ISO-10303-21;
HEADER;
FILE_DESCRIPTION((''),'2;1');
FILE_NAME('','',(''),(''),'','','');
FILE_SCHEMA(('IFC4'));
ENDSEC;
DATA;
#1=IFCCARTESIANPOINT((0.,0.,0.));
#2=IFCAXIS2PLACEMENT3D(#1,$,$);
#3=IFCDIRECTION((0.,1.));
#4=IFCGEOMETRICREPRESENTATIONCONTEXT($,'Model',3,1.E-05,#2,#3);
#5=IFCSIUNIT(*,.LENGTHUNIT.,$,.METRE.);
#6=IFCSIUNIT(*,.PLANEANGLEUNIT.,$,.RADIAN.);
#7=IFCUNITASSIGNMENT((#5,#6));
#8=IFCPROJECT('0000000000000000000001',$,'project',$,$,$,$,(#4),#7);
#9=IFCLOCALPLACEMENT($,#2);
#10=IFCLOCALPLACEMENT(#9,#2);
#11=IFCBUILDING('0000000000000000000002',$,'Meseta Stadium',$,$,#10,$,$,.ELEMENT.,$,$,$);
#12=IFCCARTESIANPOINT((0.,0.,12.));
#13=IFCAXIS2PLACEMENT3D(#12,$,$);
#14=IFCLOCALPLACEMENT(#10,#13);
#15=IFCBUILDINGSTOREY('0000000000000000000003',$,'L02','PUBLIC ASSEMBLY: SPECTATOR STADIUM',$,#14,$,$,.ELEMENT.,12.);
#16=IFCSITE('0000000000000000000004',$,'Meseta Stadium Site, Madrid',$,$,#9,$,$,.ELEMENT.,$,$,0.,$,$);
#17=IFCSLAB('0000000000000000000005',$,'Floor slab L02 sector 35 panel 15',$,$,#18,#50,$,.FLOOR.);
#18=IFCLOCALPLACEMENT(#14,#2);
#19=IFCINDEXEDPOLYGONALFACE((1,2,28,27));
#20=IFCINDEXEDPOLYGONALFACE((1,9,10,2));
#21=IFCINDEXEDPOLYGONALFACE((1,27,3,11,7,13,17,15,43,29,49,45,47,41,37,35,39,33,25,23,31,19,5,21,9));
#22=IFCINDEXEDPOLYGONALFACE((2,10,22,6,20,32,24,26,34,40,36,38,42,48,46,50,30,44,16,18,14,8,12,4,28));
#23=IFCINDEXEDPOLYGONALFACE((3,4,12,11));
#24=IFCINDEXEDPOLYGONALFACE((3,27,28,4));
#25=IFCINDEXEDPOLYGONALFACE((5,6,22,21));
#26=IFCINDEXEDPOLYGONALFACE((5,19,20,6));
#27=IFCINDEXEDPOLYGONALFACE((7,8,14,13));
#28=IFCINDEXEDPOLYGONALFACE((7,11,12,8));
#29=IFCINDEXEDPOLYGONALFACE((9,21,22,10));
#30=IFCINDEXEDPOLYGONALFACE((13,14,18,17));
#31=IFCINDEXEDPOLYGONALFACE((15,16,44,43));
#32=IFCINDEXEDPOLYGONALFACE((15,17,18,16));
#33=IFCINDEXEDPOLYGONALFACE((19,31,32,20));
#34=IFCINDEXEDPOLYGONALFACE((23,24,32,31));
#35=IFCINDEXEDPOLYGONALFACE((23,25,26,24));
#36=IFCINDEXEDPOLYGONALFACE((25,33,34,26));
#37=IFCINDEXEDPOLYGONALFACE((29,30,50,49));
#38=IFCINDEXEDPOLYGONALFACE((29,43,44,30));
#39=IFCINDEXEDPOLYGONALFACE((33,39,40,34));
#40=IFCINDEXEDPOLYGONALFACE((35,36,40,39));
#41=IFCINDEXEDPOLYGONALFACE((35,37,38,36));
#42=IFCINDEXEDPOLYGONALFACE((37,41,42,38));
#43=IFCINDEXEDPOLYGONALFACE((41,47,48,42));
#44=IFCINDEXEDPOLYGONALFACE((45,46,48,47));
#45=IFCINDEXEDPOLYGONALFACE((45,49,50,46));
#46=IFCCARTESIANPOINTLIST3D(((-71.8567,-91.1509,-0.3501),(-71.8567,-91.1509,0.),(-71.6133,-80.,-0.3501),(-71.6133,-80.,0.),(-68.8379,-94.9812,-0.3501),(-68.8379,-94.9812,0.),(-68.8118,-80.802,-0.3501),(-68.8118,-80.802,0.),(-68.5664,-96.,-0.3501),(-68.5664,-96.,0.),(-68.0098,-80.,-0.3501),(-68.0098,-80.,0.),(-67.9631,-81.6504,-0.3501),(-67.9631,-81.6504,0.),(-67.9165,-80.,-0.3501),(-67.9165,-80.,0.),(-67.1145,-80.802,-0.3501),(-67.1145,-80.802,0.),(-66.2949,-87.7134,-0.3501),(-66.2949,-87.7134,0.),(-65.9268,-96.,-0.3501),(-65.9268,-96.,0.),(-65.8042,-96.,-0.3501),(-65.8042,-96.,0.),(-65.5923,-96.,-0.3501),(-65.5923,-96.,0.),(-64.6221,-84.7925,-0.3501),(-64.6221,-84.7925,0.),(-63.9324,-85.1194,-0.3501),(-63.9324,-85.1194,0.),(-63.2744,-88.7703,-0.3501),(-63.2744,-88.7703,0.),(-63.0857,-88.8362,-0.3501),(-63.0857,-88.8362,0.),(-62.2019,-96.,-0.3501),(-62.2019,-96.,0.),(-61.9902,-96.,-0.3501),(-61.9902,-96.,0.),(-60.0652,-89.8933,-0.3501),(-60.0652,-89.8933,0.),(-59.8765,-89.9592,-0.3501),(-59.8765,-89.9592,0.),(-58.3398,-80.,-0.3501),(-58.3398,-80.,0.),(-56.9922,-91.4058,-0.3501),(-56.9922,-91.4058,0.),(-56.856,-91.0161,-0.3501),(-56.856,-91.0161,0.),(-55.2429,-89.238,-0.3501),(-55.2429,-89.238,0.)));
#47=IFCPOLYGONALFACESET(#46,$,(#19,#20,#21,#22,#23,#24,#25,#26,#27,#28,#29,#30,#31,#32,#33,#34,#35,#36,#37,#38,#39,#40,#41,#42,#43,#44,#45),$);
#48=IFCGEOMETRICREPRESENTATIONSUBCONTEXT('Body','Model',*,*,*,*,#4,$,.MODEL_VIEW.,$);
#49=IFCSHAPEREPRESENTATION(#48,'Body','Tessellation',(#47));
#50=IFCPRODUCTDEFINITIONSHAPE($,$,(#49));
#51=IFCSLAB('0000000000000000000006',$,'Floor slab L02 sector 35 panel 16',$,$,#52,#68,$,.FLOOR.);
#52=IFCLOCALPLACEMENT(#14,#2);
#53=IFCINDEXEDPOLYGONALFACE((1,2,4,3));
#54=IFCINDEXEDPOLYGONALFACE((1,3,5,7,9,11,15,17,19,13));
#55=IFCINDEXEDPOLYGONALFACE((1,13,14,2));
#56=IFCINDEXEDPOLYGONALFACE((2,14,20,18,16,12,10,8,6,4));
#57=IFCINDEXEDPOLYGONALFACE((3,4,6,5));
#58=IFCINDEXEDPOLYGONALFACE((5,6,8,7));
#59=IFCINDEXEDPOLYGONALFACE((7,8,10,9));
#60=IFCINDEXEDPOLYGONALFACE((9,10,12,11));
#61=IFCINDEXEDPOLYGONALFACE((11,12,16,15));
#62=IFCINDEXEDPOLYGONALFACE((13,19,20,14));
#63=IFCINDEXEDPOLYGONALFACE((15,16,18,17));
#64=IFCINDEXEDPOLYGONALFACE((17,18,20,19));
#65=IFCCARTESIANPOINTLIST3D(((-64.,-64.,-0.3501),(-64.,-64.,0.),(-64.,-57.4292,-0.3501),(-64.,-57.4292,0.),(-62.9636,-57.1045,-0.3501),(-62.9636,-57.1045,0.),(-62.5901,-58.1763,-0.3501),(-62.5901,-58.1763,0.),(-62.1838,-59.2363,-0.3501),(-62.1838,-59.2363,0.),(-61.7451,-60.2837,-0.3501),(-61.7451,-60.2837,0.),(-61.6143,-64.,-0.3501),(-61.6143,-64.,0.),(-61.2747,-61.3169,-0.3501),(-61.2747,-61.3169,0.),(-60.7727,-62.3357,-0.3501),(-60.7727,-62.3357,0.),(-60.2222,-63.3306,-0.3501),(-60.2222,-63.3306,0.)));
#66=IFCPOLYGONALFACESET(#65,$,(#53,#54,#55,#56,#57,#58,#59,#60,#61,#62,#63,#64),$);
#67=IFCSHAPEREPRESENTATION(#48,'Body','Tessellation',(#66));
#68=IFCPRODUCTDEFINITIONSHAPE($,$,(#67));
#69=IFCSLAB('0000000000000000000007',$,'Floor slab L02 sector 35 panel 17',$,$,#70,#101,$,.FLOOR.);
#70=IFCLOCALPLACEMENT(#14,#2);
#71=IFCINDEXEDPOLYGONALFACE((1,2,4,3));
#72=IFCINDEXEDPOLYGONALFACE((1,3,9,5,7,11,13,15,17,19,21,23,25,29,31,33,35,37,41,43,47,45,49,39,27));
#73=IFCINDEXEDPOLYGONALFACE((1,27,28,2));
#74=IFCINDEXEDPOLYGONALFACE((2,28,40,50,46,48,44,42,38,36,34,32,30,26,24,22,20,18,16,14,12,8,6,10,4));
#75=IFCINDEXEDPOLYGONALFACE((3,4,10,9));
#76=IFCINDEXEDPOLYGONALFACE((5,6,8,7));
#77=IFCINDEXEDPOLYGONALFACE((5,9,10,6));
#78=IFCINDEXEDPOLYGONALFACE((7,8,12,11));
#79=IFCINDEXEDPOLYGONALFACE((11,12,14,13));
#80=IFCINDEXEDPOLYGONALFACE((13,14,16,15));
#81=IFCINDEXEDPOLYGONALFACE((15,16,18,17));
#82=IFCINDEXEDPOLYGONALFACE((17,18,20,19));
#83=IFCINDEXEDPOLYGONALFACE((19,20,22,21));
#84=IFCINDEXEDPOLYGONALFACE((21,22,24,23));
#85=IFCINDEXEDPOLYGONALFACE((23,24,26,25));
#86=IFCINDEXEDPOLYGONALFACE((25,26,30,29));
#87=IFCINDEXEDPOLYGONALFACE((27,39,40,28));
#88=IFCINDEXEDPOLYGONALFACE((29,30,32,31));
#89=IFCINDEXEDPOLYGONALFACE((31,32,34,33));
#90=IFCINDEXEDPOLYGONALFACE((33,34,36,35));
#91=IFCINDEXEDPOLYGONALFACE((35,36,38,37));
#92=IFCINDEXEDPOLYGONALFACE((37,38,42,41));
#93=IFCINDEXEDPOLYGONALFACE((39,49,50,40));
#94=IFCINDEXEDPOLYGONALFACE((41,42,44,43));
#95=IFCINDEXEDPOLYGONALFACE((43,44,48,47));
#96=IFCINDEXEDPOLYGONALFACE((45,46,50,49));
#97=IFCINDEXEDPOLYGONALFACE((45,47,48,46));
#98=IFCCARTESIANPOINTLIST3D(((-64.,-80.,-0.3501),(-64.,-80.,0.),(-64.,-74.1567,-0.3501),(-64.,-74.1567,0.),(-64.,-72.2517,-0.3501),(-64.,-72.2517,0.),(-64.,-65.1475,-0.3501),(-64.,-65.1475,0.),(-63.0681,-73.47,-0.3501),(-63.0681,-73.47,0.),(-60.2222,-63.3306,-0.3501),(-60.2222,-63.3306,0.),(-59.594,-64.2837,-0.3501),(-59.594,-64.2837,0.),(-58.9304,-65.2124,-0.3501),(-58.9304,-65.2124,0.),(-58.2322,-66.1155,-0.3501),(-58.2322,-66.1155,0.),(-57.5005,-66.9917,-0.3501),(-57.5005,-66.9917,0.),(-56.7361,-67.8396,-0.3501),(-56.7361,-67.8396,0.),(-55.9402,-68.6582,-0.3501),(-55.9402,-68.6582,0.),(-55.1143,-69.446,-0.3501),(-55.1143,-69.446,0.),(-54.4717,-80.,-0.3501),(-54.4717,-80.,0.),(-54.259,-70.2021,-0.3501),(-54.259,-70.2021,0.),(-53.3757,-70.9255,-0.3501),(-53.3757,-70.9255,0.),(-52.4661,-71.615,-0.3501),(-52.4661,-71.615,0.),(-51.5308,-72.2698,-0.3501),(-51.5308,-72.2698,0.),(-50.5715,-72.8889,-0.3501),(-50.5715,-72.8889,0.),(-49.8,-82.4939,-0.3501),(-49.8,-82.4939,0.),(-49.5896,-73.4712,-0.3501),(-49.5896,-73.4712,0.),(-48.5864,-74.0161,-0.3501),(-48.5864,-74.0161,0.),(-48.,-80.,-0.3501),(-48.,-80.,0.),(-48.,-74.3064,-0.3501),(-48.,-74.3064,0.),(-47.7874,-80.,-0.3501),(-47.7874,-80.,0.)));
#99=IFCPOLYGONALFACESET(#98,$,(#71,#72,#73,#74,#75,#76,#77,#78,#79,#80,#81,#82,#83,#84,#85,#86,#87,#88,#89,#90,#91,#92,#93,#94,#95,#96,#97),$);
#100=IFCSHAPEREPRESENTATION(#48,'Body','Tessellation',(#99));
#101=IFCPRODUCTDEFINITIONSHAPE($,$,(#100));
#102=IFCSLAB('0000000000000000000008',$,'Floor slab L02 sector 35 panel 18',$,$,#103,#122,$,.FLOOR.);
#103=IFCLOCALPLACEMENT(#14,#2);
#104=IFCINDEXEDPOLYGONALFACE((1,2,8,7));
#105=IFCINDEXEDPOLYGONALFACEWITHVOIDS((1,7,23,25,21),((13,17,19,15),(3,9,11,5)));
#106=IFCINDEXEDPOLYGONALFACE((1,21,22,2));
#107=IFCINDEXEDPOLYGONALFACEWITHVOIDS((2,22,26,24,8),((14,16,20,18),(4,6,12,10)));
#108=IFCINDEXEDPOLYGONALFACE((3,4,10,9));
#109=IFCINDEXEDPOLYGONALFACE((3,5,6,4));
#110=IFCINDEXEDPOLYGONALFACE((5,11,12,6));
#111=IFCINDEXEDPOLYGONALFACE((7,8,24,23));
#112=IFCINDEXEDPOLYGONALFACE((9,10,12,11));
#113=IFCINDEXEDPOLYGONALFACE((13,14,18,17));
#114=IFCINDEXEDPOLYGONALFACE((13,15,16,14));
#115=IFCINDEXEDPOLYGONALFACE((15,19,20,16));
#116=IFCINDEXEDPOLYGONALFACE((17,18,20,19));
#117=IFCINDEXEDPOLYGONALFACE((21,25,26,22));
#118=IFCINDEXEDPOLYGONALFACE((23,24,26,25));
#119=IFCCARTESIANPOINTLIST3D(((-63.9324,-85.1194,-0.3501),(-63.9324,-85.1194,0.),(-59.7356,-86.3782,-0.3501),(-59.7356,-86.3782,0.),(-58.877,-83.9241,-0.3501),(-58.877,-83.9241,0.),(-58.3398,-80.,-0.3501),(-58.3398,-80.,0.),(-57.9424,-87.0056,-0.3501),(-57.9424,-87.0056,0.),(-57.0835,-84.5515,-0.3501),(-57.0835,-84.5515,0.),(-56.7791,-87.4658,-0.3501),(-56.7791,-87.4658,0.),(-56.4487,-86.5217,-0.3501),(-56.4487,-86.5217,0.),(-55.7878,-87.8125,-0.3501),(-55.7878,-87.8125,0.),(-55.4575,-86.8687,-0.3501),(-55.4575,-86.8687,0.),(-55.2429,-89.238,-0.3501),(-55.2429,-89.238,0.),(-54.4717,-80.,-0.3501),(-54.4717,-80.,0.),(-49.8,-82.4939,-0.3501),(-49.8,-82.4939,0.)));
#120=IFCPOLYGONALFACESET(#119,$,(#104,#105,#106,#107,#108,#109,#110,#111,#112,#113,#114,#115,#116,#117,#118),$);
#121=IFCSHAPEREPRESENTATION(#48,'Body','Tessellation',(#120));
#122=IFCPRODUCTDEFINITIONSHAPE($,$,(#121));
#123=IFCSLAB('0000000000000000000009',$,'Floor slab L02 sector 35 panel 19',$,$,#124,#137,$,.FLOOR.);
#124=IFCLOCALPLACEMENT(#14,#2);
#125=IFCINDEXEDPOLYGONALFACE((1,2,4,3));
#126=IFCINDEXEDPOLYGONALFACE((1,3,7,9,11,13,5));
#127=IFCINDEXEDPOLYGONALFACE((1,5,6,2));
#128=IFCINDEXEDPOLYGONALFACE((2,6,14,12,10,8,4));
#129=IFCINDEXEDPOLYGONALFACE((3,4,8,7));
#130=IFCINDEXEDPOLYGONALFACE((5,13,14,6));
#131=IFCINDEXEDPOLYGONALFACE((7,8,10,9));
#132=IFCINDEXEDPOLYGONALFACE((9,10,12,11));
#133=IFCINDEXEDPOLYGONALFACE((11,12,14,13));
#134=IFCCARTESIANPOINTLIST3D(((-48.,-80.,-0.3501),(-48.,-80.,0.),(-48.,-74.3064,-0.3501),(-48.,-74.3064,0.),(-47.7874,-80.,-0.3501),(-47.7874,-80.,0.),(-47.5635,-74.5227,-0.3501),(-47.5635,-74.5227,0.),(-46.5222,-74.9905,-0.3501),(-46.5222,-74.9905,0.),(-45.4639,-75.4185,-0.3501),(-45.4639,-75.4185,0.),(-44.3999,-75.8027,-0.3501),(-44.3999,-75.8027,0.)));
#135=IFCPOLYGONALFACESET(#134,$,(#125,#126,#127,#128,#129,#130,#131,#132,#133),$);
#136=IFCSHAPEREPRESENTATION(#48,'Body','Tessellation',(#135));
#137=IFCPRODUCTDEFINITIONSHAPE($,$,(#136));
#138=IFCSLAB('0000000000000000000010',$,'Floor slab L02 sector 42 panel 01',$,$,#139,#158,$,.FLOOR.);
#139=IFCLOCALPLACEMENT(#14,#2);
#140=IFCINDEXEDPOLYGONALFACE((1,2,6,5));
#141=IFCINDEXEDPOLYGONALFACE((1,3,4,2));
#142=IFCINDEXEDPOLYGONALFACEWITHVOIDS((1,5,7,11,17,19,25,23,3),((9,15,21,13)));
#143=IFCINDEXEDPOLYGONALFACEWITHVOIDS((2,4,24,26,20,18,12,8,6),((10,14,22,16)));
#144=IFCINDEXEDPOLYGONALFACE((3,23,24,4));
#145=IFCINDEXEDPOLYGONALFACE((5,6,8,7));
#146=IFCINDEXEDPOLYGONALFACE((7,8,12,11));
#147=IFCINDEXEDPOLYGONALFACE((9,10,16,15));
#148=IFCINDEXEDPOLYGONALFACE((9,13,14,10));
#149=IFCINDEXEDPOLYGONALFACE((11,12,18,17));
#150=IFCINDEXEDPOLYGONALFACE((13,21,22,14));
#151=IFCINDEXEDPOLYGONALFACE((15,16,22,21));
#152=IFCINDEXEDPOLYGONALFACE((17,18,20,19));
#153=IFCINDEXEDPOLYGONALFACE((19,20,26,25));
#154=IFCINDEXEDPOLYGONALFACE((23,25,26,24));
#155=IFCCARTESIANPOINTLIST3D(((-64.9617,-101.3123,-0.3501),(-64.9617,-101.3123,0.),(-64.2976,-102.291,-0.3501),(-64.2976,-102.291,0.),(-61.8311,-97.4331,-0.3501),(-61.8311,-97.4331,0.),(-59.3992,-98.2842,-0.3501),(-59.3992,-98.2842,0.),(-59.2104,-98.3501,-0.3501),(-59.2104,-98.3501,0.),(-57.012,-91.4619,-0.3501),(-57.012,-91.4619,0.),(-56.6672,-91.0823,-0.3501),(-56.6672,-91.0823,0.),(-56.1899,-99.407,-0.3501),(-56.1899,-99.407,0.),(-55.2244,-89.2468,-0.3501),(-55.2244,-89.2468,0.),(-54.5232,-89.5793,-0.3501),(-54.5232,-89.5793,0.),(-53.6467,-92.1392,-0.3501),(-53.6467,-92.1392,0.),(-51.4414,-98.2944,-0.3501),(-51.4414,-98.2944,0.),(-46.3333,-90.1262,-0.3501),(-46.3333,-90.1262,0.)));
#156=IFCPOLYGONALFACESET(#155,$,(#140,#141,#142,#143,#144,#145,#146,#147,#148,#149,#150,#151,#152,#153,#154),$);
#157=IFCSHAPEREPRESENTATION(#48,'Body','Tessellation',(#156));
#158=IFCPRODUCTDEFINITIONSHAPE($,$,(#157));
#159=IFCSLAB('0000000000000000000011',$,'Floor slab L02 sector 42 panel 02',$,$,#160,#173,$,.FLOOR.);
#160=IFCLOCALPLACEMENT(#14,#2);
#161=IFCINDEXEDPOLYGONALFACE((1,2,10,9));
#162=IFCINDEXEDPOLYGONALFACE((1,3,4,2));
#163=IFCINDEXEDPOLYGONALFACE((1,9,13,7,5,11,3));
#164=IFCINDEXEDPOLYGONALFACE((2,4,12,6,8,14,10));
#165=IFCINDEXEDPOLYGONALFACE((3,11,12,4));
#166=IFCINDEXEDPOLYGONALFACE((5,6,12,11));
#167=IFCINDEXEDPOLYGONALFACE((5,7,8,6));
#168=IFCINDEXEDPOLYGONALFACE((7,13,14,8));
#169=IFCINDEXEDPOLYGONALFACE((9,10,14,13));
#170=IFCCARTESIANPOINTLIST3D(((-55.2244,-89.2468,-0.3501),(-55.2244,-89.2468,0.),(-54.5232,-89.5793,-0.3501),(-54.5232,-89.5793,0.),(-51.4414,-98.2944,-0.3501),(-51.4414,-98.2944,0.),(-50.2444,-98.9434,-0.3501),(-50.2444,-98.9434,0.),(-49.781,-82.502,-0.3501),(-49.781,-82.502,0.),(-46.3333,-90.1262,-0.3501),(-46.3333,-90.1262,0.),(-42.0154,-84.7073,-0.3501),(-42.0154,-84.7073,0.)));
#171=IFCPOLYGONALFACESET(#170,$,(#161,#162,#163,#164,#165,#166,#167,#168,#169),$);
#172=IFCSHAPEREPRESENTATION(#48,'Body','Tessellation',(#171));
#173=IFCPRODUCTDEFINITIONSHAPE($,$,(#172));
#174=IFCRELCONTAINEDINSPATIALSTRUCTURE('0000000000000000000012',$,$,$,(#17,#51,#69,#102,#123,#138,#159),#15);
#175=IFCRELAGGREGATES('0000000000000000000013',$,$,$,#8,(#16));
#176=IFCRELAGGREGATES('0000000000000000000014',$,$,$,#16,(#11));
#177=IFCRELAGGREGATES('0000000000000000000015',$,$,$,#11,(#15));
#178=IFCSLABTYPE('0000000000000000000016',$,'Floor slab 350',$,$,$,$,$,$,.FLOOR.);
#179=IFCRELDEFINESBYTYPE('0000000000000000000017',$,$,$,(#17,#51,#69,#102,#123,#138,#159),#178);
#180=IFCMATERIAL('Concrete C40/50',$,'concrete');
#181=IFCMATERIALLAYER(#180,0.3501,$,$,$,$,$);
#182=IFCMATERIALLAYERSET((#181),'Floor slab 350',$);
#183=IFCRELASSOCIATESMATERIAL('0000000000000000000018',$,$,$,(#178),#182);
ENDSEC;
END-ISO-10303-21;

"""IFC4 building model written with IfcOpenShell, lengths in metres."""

from ifc_helpers import new_model, si_unit, direction, frame, origin, place, context, subcontext, project, spatial, polyline, outline, extrude, material, layer, layer_set, type_object, element, save


model = new_model("IFC4")

# Units and contexts
model_context = context("Model", 3, precision=1e-05, world=origin(), true_north=direction((0.0, 1.0)))
body_context = subcontext(model_context, "Body", "Model", "MODEL_VIEW")
ifc_project = project(units=[si_unit("LENGTHUNIT", "METRE"), si_unit("PLANEANGLEUNIT", "RADIAN")], contexts=[model_context])

# Site, building, storey
site_placement = place(None, origin())
site = spatial("IfcSite", under=ifc_project, at=site_placement, Name="Meseta Stadium Site, Madrid", CompositionType="ELEMENT", RefElevation=0.0)
building_placement = place(site_placement, origin())
building = spatial("IfcBuilding", under=site, at=building_placement, Name="Meseta Stadium", CompositionType="ELEMENT")
storey_placement = place(building_placement, frame((0.0, 0.0, 12.0)))
storey = spatial("IfcBuildingStorey", under=building, at=storey_placement, Name="L02", Description="PUBLIC ASSEMBLY: SPECTATOR STADIUM", CompositionType="ELEMENT", Elevation=12.0)

# Slabs
ifc_material = material(Name="Concrete C40/50", Category="concrete")
ifc_layer = layer(ifc_material, 0.3501)
ifc_layer_set = layer_set([ifc_layer], Name="Floor slab 350")
slab_type = type_object("IfcSlabType", Name="Floor slab 350", PredefinedType="FLOOR", material=ifc_layer_set)
slab_1_placement = place(storey_placement, frame((0.0, 0.0, -0.3501)))
element("IfcSlab", 1, at=slab_1_placement, inside=storey, type_object=slab_type, Name="Floor slab L02 sector 35 panel 15", PredefinedType="FLOOR", context=body_context, shape_type="SweptSolid", body=[
    extrude(outline(polyline([(-67.1145, -80.802), (-67.9631, -81.6504), (-68.8118, -80.802), (-68.0098, -80.0), (-71.6133, -80.0), (-64.6221, -84.7925), (-71.8567, -91.1509), (-68.5664, -96.0), (-65.9268, -96.0), (-68.8379, -94.9812), (-66.2949, -87.7134), (-63.2744, -88.7703), (-65.8042, -96.0), (-65.5923, -96.0), (-63.0857, -88.8362), (-60.0652, -89.8933), (-62.2019, -96.0), (-61.9902, -96.0), (-59.8765, -89.9592), (-56.856, -91.0161), (-56.9922, -91.4058), (-55.2429, -89.238), (-63.9324, -85.1194), (-58.3398, -80.0), (-67.9165, -80.0), (-67.1145, -80.802)])), origin(), (0.0, 0.0, 1.0), 0.3501),
])
slab_2_placement = place(storey_placement, frame((0.0, 0.0, -0.3501)))
element("IfcSlab", 2, at=slab_2_placement, inside=storey, type_object=slab_type, Name="Floor slab L02 sector 35 panel 16", PredefinedType="FLOOR", context=body_context, shape_type="SweptSolid", body=[
    extrude(outline(polyline([(-62.1838, -59.2363), (-62.5901, -58.1763), (-62.9636, -57.1045), (-64.0, -57.4292), (-64.0, -64.0), (-61.6143, -64.0), (-60.2222, -63.3306), (-60.7727, -62.3357), (-61.2747, -61.3169), (-61.7451, -60.2837), (-62.1838, -59.2363)])), origin(), (0.0, 0.0, 1.0), 0.3501),
])
slab_3_placement = place(storey_placement, frame((0.0, 0.0, -0.3501)))
element("IfcSlab", 3, at=slab_3_placement, inside=storey, type_object=slab_type, Name="Floor slab L02 sector 35 panel 17", PredefinedType="FLOOR", context=body_context, shape_type="SweptSolid", body=[
    extrude(outline(polyline([(-49.8, -82.4939), (-47.7874, -80.0), (-48.0, -80.0), (-48.0, -74.3064), (-48.5864, -74.0161), (-49.5896, -73.4712), (-50.5715, -72.8889), (-51.5308, -72.2698), (-52.4661, -71.615), (-53.3757, -70.9255), (-54.259, -70.2021), (-55.1143, -69.446), (-55.9402, -68.6582), (-56.7361, -67.8396), (-57.5005, -66.9917), (-58.2322, -66.1155), (-58.9304, -65.2124), (-59.594, -64.2837), (-60.2222, -63.3306), (-64.0, -65.1475), (-64.0, -72.2517), (-63.0681, -73.47), (-64.0, -74.1567), (-64.0, -80.0), (-54.4717, -80.0), (-49.8, -82.4939)])), origin(), (0.0, 0.0, 1.0), 0.3501),
])
slab_4_placement = place(storey_placement, frame((0.0, 0.0, -0.3501)))
element("IfcSlab", 4, at=slab_4_placement, inside=storey, type_object=slab_type, Name="Floor slab L02 sector 35 panel 18", PredefinedType="FLOOR", context=body_context, shape_type="SweptSolid", body=[
    extrude(outline(polyline([(-55.2429, -89.238), (-49.8, -82.4939), (-54.4717, -80.0), (-58.3398, -80.0), (-63.9324, -85.1194), (-55.2429, -89.238)]), holes=[polyline([(-58.877, -83.9241), (-57.0835, -84.5515), (-57.9424, -87.0056), (-59.7356, -86.3782), (-58.877, -83.9241)]), polyline([(-56.4487, -86.5217), (-55.4575, -86.8687), (-55.7878, -87.8125), (-56.7791, -87.4658), (-56.4487, -86.5217)])]), origin(), (0.0, 0.0, 1.0), 0.3501),
])
slab_5_placement = place(storey_placement, frame((0.0, 0.0, -0.3501)))
element("IfcSlab", 5, at=slab_5_placement, inside=storey, type_object=slab_type, Name="Floor slab L02 sector 35 panel 19", PredefinedType="FLOOR", context=body_context, shape_type="SweptSolid", body=[
    extrude(outline(polyline([(-48.0, -80.0), (-47.7874, -80.0), (-44.3999, -75.8027), (-45.4639, -75.4185), (-46.5222, -74.9905), (-47.5635, -74.5227), (-48.0, -74.3064), (-48.0, -80.0)])), origin(), (0.0, 0.0, 1.0), 0.3501),
])
slab_6_placement = place(storey_placement, frame((0.0, 0.0, -0.3501)))
element("IfcSlab", 6, at=slab_6_placement, inside=storey, type_object=slab_type, Name="Floor slab L02 sector 42 panel 01", PredefinedType="FLOOR", context=body_context, shape_type="SweptSolid", body=[
    extrude(outline(polyline([(-59.3992, -98.2842), (-61.8311, -97.4331), (-64.9617, -101.3123), (-64.2976, -102.291), (-51.4414, -98.2944), (-46.3333, -90.1262), (-54.5232, -89.5793), (-55.2244, -89.2468), (-57.012, -91.4619), (-59.3992, -98.2842)]), holes=[polyline([(-56.6672, -91.0823), (-53.6467, -92.1392), (-56.1899, -99.407), (-59.2104, -98.3501), (-56.6672, -91.0823)])]), origin(), (0.0, 0.0, 1.0), 0.3501),
])
slab_7_placement = place(storey_placement, frame((0.0, 0.0, -0.3501)))
element("IfcSlab", 7, at=slab_7_placement, inside=storey, type_object=slab_type, Name="Floor slab L02 sector 42 panel 02", PredefinedType="FLOOR", context=body_context, shape_type="SweptSolid", body=[
    extrude(outline(polyline([(-55.2244, -89.2468), (-54.5232, -89.5793), (-46.3333, -90.1262), (-51.4414, -98.2944), (-50.2444, -98.9434), (-42.0154, -84.7073), (-49.781, -82.502), (-55.2244, -89.2468)])), origin(), (0.0, 0.0, 1.0), 0.3501),
])

save(model, "model.ifc")
